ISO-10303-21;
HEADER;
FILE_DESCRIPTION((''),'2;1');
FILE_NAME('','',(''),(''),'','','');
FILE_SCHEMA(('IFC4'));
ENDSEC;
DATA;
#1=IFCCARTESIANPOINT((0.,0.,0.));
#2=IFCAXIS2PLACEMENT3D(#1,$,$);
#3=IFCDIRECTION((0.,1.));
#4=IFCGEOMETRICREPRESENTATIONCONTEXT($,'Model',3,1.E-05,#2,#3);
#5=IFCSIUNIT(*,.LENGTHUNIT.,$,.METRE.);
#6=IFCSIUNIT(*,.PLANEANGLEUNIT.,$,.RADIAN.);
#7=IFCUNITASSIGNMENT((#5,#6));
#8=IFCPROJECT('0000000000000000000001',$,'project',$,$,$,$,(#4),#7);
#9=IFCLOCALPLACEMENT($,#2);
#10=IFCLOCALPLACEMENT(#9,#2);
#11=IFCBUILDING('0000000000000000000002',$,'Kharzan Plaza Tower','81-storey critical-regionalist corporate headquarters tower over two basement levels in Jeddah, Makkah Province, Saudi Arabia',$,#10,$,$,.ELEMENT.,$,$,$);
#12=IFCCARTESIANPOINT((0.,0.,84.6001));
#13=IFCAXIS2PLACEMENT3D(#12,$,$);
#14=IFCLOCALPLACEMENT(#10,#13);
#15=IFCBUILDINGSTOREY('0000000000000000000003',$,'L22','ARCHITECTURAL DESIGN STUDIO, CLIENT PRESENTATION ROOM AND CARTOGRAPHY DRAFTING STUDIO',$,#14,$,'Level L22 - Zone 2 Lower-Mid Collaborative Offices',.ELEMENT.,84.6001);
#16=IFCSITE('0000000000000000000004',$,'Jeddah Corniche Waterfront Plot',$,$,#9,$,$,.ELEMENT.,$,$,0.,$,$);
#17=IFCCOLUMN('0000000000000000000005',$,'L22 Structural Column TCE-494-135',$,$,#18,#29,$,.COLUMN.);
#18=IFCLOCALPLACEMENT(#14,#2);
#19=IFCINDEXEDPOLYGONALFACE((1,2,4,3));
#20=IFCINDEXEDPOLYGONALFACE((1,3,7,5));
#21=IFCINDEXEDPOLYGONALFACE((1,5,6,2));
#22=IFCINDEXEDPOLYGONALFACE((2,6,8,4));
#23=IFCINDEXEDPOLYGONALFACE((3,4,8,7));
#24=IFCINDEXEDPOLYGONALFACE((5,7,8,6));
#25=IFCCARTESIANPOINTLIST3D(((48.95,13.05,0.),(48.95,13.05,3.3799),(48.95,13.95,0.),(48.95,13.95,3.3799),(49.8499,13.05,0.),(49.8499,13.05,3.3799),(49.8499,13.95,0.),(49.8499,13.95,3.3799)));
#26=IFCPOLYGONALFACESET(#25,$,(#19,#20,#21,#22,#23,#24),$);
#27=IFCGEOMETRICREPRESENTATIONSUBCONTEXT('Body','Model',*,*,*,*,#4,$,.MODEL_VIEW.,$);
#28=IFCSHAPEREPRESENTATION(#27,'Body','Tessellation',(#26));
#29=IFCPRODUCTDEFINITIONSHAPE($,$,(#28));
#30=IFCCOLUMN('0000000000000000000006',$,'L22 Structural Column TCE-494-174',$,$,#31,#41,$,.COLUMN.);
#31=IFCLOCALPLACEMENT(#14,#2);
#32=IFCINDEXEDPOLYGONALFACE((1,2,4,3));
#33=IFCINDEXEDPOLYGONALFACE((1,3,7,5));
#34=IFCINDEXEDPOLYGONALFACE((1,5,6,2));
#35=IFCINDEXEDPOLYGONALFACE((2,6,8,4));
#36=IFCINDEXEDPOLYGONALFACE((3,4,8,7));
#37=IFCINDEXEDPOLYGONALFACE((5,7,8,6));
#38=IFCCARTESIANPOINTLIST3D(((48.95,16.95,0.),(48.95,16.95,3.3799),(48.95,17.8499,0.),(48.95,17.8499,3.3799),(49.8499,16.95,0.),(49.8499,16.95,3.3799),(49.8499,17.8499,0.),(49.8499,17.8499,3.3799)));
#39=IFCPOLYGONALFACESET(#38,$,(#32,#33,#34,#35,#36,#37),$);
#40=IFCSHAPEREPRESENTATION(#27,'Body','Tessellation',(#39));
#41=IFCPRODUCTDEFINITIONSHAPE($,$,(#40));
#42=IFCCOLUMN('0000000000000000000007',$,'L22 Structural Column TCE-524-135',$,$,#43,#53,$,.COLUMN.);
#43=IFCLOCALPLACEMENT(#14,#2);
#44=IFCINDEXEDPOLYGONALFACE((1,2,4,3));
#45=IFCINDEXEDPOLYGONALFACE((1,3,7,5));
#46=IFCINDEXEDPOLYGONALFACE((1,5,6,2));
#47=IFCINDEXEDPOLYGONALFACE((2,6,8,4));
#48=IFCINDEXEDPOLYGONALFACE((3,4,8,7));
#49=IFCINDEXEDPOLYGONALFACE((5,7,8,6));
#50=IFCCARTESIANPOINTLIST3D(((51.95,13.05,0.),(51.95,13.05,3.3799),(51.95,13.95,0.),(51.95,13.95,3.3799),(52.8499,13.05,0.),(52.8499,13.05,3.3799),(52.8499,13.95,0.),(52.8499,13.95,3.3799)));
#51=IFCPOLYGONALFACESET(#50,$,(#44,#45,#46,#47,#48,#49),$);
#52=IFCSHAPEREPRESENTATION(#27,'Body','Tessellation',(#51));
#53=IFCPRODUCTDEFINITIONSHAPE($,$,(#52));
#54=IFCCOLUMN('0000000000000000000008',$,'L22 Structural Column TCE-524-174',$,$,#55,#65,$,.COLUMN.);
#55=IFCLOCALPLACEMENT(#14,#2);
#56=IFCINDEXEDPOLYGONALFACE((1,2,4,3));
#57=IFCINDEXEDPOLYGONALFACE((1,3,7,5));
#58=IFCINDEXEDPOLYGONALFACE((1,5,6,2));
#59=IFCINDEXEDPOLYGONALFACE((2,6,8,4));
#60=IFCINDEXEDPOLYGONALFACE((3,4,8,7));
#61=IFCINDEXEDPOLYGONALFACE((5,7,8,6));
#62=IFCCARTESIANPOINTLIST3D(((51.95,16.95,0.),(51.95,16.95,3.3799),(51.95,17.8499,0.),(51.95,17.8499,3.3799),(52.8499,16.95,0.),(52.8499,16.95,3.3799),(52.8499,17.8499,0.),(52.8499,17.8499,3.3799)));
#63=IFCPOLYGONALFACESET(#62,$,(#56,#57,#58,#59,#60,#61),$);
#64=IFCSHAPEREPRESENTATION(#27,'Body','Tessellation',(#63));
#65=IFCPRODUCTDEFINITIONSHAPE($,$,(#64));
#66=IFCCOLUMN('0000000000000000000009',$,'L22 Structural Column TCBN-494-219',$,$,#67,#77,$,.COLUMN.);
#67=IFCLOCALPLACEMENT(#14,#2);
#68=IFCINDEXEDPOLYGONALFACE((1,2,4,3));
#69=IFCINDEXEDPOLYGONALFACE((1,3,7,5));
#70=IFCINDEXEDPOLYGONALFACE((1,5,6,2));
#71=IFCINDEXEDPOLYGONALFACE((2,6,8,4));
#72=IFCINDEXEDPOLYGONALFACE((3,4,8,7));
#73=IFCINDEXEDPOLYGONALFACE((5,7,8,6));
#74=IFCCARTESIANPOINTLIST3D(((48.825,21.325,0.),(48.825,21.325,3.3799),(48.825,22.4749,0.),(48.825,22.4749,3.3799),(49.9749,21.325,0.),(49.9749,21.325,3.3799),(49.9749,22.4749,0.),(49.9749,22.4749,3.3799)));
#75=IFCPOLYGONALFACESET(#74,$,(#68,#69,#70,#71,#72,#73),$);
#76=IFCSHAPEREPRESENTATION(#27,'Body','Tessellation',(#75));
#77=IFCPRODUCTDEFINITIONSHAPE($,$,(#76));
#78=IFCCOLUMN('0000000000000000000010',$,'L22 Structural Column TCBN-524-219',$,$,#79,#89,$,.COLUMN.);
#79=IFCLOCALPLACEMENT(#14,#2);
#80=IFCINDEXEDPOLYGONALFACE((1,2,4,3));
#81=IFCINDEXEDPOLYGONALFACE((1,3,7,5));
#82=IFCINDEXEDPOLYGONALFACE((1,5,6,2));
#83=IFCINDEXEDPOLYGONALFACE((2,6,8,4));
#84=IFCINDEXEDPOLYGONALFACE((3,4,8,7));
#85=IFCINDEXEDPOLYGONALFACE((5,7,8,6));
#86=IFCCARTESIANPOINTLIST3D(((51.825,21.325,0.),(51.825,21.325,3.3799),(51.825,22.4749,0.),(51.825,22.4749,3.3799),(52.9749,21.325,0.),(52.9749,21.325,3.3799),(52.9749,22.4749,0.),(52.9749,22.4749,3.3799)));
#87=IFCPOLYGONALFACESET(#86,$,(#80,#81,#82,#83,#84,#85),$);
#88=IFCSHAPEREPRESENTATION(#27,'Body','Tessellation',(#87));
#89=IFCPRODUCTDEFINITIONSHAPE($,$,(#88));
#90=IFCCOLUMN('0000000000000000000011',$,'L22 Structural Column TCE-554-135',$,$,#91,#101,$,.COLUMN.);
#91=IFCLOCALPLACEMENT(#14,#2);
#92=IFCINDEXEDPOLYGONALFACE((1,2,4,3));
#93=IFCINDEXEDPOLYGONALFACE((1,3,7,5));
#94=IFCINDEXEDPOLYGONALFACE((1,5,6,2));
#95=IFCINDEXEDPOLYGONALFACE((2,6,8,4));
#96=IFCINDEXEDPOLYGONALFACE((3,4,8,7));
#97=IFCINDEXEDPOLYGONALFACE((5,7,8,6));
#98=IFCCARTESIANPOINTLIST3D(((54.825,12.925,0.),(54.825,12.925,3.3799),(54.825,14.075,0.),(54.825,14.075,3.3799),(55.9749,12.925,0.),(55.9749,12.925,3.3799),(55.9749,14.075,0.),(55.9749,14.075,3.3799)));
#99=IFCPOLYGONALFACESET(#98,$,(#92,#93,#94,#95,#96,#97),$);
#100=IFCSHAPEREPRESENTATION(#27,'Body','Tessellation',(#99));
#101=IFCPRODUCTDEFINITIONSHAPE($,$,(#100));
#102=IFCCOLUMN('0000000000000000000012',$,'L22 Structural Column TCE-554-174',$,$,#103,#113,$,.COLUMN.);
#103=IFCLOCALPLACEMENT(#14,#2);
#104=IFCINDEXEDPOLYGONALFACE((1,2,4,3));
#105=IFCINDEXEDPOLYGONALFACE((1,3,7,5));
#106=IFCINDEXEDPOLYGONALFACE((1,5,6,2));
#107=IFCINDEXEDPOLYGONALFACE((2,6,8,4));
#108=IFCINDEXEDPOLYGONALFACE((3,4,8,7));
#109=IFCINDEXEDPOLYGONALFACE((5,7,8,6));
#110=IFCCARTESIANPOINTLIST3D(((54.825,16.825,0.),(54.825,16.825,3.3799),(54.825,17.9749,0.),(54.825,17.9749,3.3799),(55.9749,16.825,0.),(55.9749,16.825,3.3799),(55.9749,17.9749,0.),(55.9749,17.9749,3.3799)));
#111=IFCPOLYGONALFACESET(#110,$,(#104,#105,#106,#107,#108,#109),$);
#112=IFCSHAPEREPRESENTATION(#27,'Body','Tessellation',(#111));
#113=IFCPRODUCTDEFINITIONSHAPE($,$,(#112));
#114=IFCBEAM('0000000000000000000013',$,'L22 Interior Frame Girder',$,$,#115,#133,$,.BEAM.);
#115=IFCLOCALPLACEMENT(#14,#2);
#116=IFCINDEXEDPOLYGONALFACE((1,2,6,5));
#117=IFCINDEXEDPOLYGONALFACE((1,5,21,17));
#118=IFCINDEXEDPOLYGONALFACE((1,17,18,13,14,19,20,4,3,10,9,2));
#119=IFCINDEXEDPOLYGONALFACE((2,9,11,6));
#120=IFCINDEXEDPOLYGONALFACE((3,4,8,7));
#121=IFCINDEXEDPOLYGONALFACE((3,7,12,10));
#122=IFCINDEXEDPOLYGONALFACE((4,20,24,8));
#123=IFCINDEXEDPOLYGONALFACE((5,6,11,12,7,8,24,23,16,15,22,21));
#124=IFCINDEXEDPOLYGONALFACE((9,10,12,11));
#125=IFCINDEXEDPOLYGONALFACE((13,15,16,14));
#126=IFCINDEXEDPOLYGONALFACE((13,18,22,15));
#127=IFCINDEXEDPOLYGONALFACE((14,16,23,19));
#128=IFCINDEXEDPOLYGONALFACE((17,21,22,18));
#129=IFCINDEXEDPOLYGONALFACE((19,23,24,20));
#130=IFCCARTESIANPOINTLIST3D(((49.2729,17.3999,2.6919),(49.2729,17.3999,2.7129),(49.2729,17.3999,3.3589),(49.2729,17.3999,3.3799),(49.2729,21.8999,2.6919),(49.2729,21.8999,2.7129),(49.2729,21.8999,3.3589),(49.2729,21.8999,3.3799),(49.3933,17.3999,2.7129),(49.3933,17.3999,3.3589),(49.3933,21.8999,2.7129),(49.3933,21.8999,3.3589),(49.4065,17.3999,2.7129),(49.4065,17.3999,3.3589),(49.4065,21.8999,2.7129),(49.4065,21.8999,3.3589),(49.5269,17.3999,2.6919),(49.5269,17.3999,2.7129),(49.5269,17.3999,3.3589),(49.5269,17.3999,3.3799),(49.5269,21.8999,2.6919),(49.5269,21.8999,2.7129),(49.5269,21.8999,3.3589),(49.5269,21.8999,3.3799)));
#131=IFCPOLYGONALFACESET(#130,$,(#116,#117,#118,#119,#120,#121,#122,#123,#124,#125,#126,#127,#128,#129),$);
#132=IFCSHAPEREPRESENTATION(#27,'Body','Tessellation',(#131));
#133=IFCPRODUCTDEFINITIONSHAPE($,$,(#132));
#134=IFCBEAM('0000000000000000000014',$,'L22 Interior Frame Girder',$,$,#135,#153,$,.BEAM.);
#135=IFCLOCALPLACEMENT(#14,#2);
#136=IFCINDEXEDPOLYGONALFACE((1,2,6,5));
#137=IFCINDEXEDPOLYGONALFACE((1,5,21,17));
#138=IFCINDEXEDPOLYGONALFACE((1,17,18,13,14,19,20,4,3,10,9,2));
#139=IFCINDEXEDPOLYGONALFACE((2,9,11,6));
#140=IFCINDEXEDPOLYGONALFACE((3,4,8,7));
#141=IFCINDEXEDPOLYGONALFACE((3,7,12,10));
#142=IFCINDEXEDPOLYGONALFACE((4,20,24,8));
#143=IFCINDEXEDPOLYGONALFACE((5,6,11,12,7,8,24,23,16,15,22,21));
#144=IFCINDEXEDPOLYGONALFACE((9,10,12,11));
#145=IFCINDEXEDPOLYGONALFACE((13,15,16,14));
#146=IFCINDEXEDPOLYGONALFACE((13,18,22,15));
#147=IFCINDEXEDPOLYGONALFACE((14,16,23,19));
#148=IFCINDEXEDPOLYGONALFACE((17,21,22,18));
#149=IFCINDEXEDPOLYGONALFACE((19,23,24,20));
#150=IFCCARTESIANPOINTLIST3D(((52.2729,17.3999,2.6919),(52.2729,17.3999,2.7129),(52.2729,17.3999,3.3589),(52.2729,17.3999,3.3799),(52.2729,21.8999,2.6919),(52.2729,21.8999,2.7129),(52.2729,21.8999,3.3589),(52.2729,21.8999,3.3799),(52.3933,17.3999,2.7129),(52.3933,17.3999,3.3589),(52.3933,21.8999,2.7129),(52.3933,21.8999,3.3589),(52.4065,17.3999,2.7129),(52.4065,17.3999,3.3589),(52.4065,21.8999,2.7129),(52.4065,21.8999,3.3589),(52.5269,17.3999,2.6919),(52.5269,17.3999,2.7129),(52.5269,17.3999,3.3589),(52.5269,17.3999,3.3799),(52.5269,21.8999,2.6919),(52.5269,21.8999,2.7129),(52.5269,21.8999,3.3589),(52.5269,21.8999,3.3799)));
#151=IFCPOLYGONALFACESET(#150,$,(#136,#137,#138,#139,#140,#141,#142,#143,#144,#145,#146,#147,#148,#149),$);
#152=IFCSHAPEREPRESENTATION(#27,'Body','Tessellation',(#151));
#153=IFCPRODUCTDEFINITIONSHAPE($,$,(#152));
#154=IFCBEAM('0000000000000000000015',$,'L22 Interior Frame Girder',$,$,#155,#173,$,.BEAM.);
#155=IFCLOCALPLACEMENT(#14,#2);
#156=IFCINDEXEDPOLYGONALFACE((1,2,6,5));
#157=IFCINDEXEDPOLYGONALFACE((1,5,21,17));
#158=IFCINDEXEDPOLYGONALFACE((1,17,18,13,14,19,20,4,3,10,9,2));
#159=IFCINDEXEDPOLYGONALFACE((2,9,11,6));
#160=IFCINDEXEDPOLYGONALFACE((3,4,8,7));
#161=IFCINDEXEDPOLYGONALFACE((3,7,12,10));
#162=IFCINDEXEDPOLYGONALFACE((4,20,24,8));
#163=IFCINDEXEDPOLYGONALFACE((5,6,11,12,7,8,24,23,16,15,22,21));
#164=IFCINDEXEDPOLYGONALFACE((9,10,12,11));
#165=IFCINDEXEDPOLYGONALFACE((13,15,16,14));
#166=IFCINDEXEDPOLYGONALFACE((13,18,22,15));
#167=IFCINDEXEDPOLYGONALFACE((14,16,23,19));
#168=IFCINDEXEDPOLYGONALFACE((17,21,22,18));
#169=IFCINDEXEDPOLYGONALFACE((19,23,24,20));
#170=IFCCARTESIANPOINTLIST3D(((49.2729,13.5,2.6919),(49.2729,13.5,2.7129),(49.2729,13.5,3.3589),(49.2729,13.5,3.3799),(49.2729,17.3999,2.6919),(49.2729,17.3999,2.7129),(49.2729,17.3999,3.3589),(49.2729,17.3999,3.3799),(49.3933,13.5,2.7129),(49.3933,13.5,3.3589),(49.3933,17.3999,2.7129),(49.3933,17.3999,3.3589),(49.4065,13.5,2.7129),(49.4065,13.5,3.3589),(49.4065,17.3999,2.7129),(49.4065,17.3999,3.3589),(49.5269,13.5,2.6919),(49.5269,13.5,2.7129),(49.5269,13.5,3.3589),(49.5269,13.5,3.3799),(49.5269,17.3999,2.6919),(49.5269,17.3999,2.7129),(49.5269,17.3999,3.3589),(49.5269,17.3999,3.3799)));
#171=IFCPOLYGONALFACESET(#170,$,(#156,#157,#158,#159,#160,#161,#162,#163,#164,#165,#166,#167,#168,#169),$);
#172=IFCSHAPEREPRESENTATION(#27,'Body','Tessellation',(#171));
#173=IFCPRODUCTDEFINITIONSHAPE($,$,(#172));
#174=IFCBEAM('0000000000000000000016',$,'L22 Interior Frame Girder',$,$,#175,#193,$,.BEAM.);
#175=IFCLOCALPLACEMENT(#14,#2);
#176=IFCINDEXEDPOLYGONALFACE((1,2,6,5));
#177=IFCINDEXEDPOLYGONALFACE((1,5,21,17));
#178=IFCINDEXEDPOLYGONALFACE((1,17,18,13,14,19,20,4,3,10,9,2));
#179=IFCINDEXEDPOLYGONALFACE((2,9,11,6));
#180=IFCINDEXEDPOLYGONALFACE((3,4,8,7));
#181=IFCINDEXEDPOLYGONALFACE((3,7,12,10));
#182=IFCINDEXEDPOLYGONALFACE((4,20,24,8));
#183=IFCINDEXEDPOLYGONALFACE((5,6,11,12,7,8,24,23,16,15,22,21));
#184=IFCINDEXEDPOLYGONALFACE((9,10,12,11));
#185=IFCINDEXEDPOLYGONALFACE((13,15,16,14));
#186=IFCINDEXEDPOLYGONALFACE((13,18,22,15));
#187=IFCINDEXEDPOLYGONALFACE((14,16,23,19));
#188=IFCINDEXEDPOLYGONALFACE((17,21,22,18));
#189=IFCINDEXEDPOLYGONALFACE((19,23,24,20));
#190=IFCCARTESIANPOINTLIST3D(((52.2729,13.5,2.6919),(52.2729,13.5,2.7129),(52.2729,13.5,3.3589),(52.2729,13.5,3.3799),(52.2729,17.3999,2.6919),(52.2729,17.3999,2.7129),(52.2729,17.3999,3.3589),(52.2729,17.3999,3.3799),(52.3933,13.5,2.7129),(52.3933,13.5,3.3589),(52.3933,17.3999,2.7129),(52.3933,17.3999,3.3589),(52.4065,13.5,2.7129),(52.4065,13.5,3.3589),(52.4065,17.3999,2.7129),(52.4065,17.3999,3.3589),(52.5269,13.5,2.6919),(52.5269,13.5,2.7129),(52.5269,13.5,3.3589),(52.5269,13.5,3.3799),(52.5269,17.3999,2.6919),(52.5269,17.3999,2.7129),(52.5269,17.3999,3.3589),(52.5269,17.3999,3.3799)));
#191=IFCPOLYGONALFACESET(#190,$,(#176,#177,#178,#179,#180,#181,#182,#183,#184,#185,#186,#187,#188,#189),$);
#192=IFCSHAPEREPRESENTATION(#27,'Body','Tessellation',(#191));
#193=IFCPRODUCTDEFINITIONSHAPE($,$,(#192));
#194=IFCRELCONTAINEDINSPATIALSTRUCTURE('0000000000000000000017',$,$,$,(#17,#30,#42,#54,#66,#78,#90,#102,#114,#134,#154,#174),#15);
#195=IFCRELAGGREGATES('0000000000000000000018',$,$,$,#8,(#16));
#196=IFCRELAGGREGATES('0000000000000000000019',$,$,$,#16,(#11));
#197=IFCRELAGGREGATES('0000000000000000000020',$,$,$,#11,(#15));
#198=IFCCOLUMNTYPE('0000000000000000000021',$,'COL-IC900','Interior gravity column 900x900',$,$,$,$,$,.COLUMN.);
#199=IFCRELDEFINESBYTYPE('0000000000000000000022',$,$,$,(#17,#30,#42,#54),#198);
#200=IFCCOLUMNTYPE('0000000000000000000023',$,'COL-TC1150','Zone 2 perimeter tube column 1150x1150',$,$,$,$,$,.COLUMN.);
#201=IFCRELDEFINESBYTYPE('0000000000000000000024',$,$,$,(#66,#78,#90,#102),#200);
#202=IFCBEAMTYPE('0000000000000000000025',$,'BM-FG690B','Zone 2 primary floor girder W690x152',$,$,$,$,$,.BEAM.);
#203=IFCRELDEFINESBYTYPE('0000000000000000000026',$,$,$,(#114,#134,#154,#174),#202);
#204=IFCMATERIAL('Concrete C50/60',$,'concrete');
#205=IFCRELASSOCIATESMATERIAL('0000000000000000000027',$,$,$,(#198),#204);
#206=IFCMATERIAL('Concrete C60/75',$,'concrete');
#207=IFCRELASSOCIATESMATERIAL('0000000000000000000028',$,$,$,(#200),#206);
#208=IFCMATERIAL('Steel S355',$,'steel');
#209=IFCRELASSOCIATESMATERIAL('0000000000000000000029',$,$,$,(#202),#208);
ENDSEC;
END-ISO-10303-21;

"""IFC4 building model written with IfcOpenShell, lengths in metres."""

from ifc_helpers import new_model, si_unit, direction, frame, origin, origin_2d, place, context, subcontext, project, spatial, rectangle, i_section, extrude, source, transform, mapped, material, material_profile, profile_set, type_object, element, save


model = new_model("IFC4")

# Units and contexts
model_context = context("Model", 3, precision=1e-05, world=origin(), true_north=direction((0.0, 1.0)))
body_context = subcontext(model_context, "Body", "Model", "MODEL_VIEW")
ifc_project = project(units=[si_unit("LENGTHUNIT", "METRE"), si_unit("PLANEANGLEUNIT", "RADIAN")], contexts=[model_context])

# Site, building, storey
site_placement = place(None, origin())
site = spatial("IfcSite", under=ifc_project, at=site_placement, Name="Jeddah Corniche Waterfront Plot", CompositionType="ELEMENT", RefElevation=0.0)
building_placement = place(site_placement, origin())
building = spatial("IfcBuilding", under=site, at=building_placement, Name="Kharzan Plaza Tower", Description="81-storey critical-regionalist corporate headquarters tower over two basement levels in Jeddah, Makkah Province, Saudi Arabia", CompositionType="ELEMENT")
storey_placement = place(building_placement, frame((0.0, 0.0, 84.6001)))
storey = spatial("IfcBuildingStorey", under=building, at=storey_placement, Name="L22", Description="ARCHITECTURAL DESIGN STUDIO, CLIENT PRESENTATION ROOM AND CARTOGRAPHY DRAFTING STUDIO", LongName="Level L22 - Zone 2 Lower-Mid Collaborative Offices", CompositionType="ELEMENT", Elevation=84.6001)

# Columns
ifc_material_1 = material(Name="Concrete C50/60", Category="concrete")
ifc_material_profile_1 = material_profile(ifc_material_1, rectangle(XDim=0.8999, YDim=0.8999, at=origin_2d()), Name="RC-IC900x900")
ifc_profile_set_1 = profile_set([ifc_material_profile_1], Name="Concrete C50/60")
column_type_1 = type_object("IfcColumnType", Name="COL-IC900", Description="Interior gravity column 900x900", PredefinedType="COLUMN", material=ifc_profile_set_1)
shared_shape_1 = source(origin(), body_context, "Body", "SweptSolid", [
    extrude(rectangle(XDim=0.8999, YDim=0.8999, at=origin_2d()), origin(), (0.0, 0.0, 1.0), 3.3799),
])
for number, where, z_axis, x_axis, name in (
    (1, (49.3999, 13.5, 0.0), (0.0, 0.0, 1.0), (1.0, 0.0, 0.0), "L22 Structural Column TCE-494-135"),
    (2, (49.3999, 17.3999, 0.0), (0.0, 0.0, 1.0), (1.0, 0.0, 0.0), "L22 Structural Column TCE-494-174"),
    (3, (52.3999, 13.5, 0.0), (0.0, 0.0, 1.0), (1.0, 0.0, 0.0), "L22 Structural Column TCE-524-135"),
    (4, (52.3999, 17.3999, 0.0), (0.0, 0.0, 1.0), (1.0, 0.0, 0.0), "L22 Structural Column TCE-524-174"),
):
    element("IfcColumn", number, at=place(storey_placement, frame(where, z_axis=z_axis, x_axis=x_axis)), inside=storey, type_object=column_type_1, Name=name, PredefinedType="COLUMN", context=body_context, shape_type="MappedRepresentation", body=[
        mapped(shared_shape_1, transform((0.0, 0.0, 0.0), x_axis=(1.0, 0.0, 0.0), y_axis=(0.0, 1.0, 0.0), z_axis=(0.0, 0.0, 1.0))),
    ])
ifc_material_2 = material(Name="Concrete C60/75", Category="concrete")
ifc_material_profile_2 = material_profile(ifc_material_2, rectangle(XDim=1.1499, YDim=1.1499, at=origin_2d()), Name="RC-TC1150x1150")
ifc_profile_set_2 = profile_set([ifc_material_profile_2], Name="Concrete C60/75")
column_type_2 = type_object("IfcColumnType", Name="COL-TC1150", Description="Zone 2 perimeter tube column 1150x1150", PredefinedType="COLUMN", material=ifc_profile_set_2)
shared_shape_2 = source(origin(), body_context, "Body", "SweptSolid", [
    extrude(rectangle(XDim=1.1499, YDim=1.1499, at=origin_2d()), origin(), (0.0, 0.0, 1.0), 3.3799),
])
for number, where, z_axis, x_axis, name in (
    (5, (49.3999, 21.8999, 0.0), (0.0, 0.0, 1.0), (1.0, 0.0, 0.0), "L22 Structural Column TCBN-494-219"),
    (6, (52.3999, 21.8999, 0.0), (0.0, 0.0, 1.0), (1.0, 0.0, 0.0), "L22 Structural Column TCBN-524-219"),
    (7, (55.3999, 13.5, 0.0), (0.0, 0.0, 1.0), (1.0, 0.0, 0.0), "L22 Structural Column TCE-554-135"),
    (8, (55.3999, 17.3999, 0.0), (0.0, 0.0, 1.0), (1.0, 0.0, 0.0), "L22 Structural Column TCE-554-174"),
):
    element("IfcColumn", number, at=place(storey_placement, frame(where, z_axis=z_axis, x_axis=x_axis)), inside=storey, type_object=column_type_2, Name=name, PredefinedType="COLUMN", context=body_context, shape_type="MappedRepresentation", body=[
        mapped(shared_shape_2, transform((0.0, 0.0, 0.0), x_axis=(1.0, 0.0, 0.0), y_axis=(0.0, 1.0, 0.0), z_axis=(0.0, 0.0, 1.0))),
    ])

# Beams
ifc_material_3 = material(Name="Steel S355", Category="steel")
ifc_material_profile_3 = material_profile(ifc_material_3, i_section(OverallWidth=0.2539, OverallDepth=0.688, WebThickness=0.0132, FlangeThickness=0.021, at=origin_2d()), Name="W690x152")
ifc_profile_set_3 = profile_set([ifc_material_profile_3], Name="Steel S355")
beam_type_1 = type_object("IfcBeamType", Name="BM-FG690B", Description="Zone 2 primary floor girder W690x152", PredefinedType="BEAM", material=ifc_profile_set_3)
shared_shape_3 = source(origin(), body_context, "Body", "SweptSolid", [
    extrude(i_section(OverallWidth=0.2539, OverallDepth=0.688, WebThickness=0.0132, FlangeThickness=0.021, at=origin_2d()), origin(), (0.0, 0.0, 1.0), 4.5),
])
for number, where, z_axis, x_axis, name in (
    (9, (49.3999, 17.3999, 3.0359), (0.0, 1.0, 0.0), (-1.0, 0.0, 0.0), "L22 Interior Frame Girder"),
    (10, (52.3999, 17.3999, 3.0359), (0.0, 1.0, 0.0), (-1.0, 0.0, 0.0), "L22 Interior Frame Girder"),
):
    element("IfcBeam", number, at=place(storey_placement, frame(where, z_axis=z_axis, x_axis=x_axis)), inside=storey, type_object=beam_type_1, Name=name, PredefinedType="BEAM", context=body_context, shape_type="MappedRepresentation", body=[
        mapped(shared_shape_3, transform((0.0, 0.0, 0.0), x_axis=(1.0, 0.0, 0.0), y_axis=(0.0, 1.0, 0.0), z_axis=(0.0, 0.0, 1.0))),
    ])
shared_shape_4 = source(origin(), body_context, "Body", "SweptSolid", [
    extrude(i_section(OverallWidth=0.2539, OverallDepth=0.688, WebThickness=0.0132, FlangeThickness=0.021, at=origin_2d()), origin(), (0.0, 0.0, 1.0), 3.8999),
])
for number, where, z_axis, x_axis, name in (
    (11, (49.3999, 13.5, 3.0359), (0.0, 1.0, 0.0), (-1.0, 0.0, 0.0), "L22 Interior Frame Girder"),
    (12, (52.3999, 13.5, 3.0359), (0.0, 1.0, 0.0), (-1.0, 0.0, 0.0), "L22 Interior Frame Girder"),
):
    element("IfcBeam", number, at=place(storey_placement, frame(where, z_axis=z_axis, x_axis=x_axis)), inside=storey, type_object=beam_type_1, Name=name, PredefinedType="BEAM", context=body_context, shape_type="MappedRepresentation", body=[
        mapped(shared_shape_4, transform((0.0, 0.0, 0.0), x_axis=(1.0, 0.0, 0.0), y_axis=(0.0, 1.0, 0.0), z_axis=(0.0, 0.0, 1.0))),
    ])

save(model, "model.ifc")
